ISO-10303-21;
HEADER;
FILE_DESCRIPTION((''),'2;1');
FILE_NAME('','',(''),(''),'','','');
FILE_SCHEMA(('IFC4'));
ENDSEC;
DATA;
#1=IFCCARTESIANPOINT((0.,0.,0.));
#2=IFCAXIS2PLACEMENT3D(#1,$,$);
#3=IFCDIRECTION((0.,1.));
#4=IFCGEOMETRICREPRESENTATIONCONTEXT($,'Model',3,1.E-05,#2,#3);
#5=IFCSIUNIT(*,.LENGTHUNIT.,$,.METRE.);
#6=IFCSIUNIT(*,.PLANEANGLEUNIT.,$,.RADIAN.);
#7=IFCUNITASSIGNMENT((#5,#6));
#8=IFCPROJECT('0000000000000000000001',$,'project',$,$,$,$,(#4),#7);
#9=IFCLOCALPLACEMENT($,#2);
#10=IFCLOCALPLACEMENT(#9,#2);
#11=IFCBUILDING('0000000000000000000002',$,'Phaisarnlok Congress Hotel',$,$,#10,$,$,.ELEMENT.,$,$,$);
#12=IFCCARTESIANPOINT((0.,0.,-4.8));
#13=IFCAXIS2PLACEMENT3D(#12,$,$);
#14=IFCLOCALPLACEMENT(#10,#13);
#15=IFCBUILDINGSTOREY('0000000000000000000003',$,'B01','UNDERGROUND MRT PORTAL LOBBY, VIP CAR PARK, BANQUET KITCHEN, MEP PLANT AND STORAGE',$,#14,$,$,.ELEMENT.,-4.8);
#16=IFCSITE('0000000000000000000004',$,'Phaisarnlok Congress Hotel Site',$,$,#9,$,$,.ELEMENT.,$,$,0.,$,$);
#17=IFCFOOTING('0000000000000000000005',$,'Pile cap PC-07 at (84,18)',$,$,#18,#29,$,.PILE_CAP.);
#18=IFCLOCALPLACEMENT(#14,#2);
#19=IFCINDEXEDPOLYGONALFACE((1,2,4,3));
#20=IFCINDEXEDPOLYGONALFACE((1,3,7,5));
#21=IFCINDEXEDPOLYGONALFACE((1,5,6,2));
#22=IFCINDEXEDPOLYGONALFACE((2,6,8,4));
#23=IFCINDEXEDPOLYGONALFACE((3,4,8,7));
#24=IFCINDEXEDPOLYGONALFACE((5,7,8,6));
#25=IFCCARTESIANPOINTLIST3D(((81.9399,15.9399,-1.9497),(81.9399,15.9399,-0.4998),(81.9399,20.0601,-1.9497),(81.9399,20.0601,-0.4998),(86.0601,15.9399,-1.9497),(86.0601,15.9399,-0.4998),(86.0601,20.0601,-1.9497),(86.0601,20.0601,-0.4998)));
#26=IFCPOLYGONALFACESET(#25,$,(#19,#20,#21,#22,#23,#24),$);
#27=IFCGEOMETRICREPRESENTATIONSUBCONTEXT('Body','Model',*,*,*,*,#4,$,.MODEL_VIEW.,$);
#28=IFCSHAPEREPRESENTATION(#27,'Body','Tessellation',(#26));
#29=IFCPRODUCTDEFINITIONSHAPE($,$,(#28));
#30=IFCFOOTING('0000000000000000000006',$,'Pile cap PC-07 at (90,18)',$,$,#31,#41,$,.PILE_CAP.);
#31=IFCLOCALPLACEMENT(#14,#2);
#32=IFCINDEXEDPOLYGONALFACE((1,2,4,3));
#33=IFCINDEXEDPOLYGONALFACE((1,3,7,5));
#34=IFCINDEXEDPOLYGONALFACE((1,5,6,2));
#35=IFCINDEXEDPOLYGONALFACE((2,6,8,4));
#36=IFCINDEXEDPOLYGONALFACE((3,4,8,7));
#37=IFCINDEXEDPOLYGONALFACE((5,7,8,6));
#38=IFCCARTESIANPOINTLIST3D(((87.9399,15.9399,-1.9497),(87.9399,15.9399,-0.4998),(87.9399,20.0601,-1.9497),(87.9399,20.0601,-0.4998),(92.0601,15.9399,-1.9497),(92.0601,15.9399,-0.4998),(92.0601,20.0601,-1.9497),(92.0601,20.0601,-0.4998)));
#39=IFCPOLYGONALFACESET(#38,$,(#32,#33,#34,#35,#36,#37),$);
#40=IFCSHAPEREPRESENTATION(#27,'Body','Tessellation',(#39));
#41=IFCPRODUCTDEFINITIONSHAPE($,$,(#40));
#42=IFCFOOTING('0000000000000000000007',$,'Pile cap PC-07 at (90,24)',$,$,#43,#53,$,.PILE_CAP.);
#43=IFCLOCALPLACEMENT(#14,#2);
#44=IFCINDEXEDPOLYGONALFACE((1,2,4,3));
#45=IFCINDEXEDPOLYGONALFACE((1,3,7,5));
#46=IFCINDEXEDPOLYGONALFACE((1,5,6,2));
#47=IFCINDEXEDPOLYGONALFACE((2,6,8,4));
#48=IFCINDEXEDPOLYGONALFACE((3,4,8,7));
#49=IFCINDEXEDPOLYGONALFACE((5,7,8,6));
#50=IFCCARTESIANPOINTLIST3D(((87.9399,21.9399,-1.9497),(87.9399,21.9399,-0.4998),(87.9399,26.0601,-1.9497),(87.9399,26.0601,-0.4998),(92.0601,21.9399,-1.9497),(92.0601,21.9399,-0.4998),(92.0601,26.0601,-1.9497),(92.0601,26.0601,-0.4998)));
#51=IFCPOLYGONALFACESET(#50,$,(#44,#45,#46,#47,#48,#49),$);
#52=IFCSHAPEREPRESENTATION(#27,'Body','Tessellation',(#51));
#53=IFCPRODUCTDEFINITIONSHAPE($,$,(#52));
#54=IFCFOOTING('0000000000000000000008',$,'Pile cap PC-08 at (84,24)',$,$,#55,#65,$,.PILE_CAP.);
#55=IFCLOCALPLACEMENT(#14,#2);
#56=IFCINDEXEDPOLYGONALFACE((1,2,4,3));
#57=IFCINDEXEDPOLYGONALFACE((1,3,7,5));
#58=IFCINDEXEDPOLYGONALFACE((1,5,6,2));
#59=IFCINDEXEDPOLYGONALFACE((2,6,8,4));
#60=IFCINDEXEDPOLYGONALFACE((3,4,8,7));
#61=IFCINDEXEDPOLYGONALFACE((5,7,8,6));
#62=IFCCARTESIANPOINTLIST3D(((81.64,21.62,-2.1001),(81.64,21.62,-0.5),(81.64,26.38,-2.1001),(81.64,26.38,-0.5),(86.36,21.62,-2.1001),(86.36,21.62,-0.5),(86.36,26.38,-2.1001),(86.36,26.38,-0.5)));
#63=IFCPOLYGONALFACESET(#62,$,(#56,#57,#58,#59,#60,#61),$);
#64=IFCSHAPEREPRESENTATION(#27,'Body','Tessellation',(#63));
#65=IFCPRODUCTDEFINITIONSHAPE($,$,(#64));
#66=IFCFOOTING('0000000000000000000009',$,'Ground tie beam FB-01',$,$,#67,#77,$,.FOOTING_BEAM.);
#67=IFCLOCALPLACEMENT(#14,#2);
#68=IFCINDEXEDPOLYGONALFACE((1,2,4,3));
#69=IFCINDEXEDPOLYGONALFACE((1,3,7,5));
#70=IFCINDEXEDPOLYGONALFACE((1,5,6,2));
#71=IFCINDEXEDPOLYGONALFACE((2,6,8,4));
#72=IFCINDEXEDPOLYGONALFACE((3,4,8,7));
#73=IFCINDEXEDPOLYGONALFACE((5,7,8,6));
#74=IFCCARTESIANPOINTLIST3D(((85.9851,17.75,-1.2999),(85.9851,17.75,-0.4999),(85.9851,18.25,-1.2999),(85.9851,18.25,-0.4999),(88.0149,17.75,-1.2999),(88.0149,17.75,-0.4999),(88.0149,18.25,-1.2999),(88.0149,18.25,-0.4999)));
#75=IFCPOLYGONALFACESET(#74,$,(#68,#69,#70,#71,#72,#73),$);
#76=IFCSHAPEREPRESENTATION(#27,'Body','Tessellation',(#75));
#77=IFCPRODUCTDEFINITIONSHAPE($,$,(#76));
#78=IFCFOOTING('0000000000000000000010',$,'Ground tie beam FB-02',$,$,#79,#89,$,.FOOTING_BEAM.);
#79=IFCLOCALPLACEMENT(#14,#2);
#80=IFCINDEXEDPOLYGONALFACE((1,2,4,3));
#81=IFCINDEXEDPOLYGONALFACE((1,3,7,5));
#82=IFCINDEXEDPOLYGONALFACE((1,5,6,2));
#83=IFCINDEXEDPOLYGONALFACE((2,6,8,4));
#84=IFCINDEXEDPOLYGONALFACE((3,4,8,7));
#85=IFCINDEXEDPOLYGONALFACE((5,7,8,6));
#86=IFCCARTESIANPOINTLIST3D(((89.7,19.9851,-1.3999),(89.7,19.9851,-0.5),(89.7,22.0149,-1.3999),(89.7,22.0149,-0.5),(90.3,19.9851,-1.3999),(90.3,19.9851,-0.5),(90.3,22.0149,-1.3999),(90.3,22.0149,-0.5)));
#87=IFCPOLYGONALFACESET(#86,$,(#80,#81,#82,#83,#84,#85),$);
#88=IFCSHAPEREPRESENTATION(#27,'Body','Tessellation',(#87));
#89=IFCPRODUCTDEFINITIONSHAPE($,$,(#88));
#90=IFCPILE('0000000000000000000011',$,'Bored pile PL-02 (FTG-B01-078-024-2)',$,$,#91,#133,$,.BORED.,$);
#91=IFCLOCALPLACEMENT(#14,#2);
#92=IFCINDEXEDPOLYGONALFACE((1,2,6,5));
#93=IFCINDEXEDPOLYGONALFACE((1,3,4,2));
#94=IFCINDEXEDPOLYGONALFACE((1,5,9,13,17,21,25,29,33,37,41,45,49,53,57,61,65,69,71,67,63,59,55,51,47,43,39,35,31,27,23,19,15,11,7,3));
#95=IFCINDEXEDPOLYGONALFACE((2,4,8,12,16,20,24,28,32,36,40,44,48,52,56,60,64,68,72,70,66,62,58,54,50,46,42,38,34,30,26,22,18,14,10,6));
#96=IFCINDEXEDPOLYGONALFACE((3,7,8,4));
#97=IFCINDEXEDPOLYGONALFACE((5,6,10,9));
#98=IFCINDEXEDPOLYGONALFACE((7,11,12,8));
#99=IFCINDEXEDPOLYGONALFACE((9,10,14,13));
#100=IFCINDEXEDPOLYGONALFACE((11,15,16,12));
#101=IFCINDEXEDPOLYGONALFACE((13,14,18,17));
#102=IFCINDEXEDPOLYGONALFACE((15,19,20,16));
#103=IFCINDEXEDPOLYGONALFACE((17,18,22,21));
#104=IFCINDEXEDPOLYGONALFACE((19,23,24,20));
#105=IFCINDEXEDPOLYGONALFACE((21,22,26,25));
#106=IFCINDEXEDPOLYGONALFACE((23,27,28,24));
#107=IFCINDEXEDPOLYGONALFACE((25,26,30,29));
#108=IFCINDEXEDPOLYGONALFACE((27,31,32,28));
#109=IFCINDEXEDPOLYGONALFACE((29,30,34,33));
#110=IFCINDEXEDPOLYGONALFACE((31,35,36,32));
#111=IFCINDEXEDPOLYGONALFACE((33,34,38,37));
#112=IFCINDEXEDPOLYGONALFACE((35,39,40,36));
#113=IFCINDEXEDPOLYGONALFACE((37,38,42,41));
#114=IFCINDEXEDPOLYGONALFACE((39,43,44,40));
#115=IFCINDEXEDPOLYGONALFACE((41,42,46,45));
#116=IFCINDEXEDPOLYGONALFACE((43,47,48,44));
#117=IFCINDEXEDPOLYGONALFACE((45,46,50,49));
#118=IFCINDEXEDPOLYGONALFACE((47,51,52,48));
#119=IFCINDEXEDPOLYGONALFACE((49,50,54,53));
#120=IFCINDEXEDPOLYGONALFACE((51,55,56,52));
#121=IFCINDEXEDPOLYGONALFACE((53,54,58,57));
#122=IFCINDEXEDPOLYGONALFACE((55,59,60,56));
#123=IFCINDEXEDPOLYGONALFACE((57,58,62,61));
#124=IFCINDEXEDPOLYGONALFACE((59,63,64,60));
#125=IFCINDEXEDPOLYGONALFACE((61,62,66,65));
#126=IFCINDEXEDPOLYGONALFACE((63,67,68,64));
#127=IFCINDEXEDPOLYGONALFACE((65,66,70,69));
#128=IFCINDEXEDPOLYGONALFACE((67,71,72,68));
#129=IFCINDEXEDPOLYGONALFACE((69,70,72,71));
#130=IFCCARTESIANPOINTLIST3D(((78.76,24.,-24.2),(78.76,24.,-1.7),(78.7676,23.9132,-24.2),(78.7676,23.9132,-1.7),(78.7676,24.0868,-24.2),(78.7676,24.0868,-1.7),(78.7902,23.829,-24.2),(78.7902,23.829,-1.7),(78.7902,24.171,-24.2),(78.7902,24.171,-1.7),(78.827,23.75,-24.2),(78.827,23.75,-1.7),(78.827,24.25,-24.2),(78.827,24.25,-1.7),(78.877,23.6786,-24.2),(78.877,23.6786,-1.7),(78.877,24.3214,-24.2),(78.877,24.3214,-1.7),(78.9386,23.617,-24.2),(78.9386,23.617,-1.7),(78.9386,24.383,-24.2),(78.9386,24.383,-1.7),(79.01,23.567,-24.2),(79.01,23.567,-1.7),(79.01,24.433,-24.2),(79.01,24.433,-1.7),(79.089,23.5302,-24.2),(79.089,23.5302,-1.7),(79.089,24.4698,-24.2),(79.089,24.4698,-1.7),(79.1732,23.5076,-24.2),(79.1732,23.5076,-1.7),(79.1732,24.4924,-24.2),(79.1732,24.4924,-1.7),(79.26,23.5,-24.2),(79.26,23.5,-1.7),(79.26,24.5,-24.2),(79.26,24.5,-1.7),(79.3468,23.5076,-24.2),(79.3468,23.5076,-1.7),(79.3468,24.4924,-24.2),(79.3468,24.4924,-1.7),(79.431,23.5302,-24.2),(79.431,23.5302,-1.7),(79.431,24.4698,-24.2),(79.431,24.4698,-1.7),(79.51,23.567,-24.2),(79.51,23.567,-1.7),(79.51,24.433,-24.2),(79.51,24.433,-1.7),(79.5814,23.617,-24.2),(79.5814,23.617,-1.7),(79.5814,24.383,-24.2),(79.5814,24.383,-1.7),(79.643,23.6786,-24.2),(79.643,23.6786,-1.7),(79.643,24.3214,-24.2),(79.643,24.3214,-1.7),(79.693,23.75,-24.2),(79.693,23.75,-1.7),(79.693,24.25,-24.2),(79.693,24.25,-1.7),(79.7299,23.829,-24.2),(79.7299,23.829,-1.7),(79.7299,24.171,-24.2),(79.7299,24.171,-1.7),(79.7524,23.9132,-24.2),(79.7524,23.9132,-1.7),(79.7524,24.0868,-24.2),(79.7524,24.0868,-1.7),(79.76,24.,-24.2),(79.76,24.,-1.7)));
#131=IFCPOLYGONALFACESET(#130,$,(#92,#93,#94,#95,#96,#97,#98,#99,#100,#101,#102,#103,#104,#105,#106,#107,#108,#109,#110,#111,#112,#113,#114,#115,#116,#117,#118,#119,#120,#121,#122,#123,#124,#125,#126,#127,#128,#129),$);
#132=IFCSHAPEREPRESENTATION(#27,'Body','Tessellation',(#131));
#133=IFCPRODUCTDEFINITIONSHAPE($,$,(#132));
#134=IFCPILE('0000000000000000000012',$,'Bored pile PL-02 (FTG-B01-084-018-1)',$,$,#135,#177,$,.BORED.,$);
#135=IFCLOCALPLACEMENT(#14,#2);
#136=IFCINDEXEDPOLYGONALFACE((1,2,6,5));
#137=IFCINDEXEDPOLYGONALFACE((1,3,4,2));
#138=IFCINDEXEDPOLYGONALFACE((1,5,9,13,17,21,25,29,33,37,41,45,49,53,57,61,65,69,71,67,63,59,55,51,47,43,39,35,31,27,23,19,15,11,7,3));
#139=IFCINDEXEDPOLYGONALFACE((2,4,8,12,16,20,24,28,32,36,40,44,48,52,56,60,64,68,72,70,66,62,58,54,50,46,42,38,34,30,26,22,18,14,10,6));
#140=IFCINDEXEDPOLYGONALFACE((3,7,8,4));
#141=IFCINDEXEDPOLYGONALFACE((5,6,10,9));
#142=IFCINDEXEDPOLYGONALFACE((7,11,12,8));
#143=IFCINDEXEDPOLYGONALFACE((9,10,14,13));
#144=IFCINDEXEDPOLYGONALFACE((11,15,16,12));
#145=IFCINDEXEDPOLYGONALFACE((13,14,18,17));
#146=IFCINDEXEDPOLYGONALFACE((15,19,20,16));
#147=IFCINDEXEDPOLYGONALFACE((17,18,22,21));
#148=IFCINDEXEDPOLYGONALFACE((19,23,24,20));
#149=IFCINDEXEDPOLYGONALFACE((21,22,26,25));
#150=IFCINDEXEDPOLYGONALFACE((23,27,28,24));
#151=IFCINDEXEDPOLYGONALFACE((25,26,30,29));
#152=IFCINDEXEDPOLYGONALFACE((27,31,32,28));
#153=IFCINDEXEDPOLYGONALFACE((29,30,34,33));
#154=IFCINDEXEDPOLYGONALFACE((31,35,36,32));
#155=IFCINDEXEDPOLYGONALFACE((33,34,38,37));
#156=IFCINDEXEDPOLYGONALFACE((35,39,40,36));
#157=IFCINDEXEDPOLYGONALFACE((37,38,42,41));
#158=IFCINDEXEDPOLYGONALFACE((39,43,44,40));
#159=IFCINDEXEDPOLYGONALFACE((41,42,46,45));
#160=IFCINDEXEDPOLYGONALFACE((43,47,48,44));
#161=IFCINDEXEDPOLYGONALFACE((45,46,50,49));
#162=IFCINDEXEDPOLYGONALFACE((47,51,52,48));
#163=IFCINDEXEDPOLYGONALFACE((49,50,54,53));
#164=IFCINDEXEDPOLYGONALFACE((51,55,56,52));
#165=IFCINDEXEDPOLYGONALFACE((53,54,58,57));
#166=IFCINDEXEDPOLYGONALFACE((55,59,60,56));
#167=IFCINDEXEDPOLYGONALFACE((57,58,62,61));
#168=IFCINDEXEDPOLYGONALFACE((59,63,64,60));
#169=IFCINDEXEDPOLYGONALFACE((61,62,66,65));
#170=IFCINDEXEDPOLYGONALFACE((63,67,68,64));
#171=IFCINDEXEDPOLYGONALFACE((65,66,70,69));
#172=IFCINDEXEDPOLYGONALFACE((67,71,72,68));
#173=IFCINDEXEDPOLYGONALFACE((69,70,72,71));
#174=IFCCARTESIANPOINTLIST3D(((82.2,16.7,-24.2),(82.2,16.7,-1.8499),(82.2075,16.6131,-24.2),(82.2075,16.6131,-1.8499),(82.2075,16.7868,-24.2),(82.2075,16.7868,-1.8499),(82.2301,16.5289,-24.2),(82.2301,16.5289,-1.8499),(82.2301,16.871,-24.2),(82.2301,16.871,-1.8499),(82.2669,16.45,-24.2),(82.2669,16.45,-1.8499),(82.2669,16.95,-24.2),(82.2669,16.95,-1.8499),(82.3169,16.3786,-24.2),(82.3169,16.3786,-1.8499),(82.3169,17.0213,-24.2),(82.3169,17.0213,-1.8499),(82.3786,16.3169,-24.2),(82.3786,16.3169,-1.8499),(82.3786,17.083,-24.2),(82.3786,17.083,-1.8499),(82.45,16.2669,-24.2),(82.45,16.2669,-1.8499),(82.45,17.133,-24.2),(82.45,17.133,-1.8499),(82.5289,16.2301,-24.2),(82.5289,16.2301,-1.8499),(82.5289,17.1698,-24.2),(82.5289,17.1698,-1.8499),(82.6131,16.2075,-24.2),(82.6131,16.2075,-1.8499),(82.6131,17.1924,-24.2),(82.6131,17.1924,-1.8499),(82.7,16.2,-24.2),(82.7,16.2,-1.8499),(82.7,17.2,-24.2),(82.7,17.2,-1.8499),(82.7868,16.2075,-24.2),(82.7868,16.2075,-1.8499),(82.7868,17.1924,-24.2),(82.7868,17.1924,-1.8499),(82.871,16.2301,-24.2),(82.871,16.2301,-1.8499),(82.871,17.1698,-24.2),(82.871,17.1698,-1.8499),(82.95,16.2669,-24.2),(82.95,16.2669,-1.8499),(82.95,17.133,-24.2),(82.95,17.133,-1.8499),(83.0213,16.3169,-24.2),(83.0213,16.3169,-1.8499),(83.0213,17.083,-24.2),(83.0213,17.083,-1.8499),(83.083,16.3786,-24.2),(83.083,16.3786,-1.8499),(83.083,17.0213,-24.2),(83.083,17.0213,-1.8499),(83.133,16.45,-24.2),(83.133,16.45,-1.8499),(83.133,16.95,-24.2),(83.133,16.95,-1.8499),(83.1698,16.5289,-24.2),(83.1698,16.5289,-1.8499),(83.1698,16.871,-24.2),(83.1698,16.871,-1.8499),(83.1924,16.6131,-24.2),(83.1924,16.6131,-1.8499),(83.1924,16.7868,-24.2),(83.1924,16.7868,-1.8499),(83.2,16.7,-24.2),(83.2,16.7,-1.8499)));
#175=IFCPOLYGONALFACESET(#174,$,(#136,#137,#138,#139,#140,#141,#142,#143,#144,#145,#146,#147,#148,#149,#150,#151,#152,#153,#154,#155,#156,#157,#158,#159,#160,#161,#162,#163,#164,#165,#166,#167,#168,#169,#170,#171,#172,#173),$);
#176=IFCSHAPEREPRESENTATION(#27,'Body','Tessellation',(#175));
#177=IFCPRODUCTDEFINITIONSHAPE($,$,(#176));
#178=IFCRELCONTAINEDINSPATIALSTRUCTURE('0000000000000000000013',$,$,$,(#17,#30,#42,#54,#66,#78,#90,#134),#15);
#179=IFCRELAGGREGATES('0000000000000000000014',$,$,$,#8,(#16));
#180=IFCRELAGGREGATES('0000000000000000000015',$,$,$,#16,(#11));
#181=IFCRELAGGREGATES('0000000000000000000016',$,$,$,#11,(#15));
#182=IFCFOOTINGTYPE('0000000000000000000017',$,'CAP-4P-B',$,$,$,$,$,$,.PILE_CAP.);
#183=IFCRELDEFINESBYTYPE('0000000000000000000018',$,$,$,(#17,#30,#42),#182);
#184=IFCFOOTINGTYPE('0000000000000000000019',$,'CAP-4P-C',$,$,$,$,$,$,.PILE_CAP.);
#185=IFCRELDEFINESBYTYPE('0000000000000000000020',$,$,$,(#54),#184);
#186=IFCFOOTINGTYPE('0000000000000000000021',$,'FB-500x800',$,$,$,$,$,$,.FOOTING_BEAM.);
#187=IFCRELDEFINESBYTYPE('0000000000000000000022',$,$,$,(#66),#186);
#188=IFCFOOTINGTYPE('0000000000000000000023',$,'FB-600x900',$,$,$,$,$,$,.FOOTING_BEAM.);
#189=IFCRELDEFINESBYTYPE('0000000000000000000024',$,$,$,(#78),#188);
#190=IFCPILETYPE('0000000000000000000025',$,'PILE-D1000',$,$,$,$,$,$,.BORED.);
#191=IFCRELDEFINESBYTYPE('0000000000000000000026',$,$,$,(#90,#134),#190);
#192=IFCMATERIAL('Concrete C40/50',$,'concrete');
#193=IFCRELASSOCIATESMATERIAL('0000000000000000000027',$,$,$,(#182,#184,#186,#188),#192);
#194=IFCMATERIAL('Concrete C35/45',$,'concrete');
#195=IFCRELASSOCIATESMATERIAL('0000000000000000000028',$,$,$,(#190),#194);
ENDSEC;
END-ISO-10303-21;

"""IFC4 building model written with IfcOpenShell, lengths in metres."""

from ifc_helpers import new_model, si_unit, direction, frame, origin, origin_2d, place, context, subcontext, project, spatial, rectangle, circle, extrude, material, material_profile, profile_set, type_object, element, save


model = new_model("IFC4")

# Units and contexts
model_context = context("Model", 3, precision=1e-05, world=origin(), true_north=direction((0.0, 1.0)))
body_context = subcontext(model_context, "Body", "Model", "MODEL_VIEW")
ifc_project = project(units=[si_unit("LENGTHUNIT", "METRE"), si_unit("PLANEANGLEUNIT", "RADIAN")], contexts=[model_context])

# Site, building, storey
site_placement = place(None, origin())
site = spatial("IfcSite", under=ifc_project, at=site_placement, Name="Phaisarnlok Congress Hotel Site", CompositionType="ELEMENT", RefElevation=0.0)
building_placement = place(site_placement, origin())
building = spatial("IfcBuilding", under=site, at=building_placement, Name="Phaisarnlok Congress Hotel", CompositionType="ELEMENT")
storey_placement = place(building_placement, frame((0.0, 0.0, -4.8)))
storey = spatial("IfcBuildingStorey", under=building, at=storey_placement, Name="B01", Description="UNDERGROUND MRT PORTAL LOBBY, VIP CAR PARK, BANQUET KITCHEN, MEP PLANT AND STORAGE", CompositionType="ELEMENT", Elevation=-4.8)

# Footings
ifc_material_1 = material(Name="Concrete C40/50", Category="concrete")
footing_type_1 = type_object("IfcFootingType", Name="CAP-4P-B", PredefinedType="PILE_CAP", material=ifc_material_1)
for number, where, z_axis, x_axis, name in (
    (1, (84.0, 18.0, -1.9497), (0.0, 0.0, 1.0), (1.0, 0.0, 0.0), "Pile cap PC-07 at (84,18)"),
    (2, (90.0, 18.0, -1.9497), (0.0, 0.0, 1.0), (1.0, 0.0, 0.0), "Pile cap PC-07 at (90,18)"),
    (3, (90.0, 24.0, -1.9497), (0.0, 0.0, 1.0), (1.0, 0.0, 0.0), "Pile cap PC-07 at (90,24)"),
):
    element("IfcFooting", number, at=place(storey_placement, frame(where, z_axis=z_axis, x_axis=x_axis)), inside=storey, type_object=footing_type_1, Name=name, PredefinedType="PILE_CAP", context=body_context, shape_type="SweptSolid", body=[
        extrude(rectangle(XDim=4.1201, YDim=4.1201, at=origin_2d()), origin(), (0.0, 0.0, 1.0), 1.45),
    ])
footing_type_2 = type_object("IfcFootingType", Name="CAP-4P-C", PredefinedType="PILE_CAP", material=ifc_material_1)
footing_1_placement = place(storey_placement, frame((84.0, 24.0, -2.1001), z_axis=(0.0, 0.0, 1.0), x_axis=(1.0, 0.0, 0.0)))
element("IfcFooting", 4, at=footing_1_placement, inside=storey, type_object=footing_type_2, Name="Pile cap PC-08 at (84,24)", PredefinedType="PILE_CAP", context=body_context, shape_type="SweptSolid", body=[
    extrude(rectangle(XDim=4.72, YDim=4.76, at=origin_2d()), origin(), (0.0, 0.0, 1.0), 1.6001),
])
ifc_material_profile_1 = material_profile(ifc_material_1, rectangle(XDim=0.5, YDim=0.8, at=origin_2d()), Name="FB-500x800")
ifc_profile_set_1 = profile_set([ifc_material_profile_1], Name="Concrete C40/50")
footing_type_3 = type_object("IfcFootingType", Name="FB-500x800", PredefinedType="FOOTING_BEAM", material=ifc_profile_set_1)
footing_2_placement = place(storey_placement, frame((85.9851, 18.0, -0.8999), z_axis=(1.0, 0.0, 0.0), x_axis=(0.0, 1.0, 0.0)))
element("IfcFooting", 5, at=footing_2_placement, inside=storey, type_object=footing_type_3, Name="Ground tie beam FB-01", PredefinedType="FOOTING_BEAM", context=body_context, shape_type="SweptSolid", body=[
    extrude(rectangle(XDim=0.5, YDim=0.8, at=origin_2d()), origin(), (0.0, 0.0, 1.0), 2.0298),
])
ifc_material_profile_2 = material_profile(ifc_material_1, rectangle(XDim=0.6001, YDim=0.8999, at=origin_2d()), Name="FB-600x900")
ifc_profile_set_2 = profile_set([ifc_material_profile_2], Name="Concrete C40/50")
footing_type_4 = type_object("IfcFootingType", Name="FB-600x900", PredefinedType="FOOTING_BEAM", material=ifc_profile_set_2)
footing_3_placement = place(storey_placement, frame((90.0, 19.9851, -0.95), z_axis=(0.0, 1.0, 0.0), x_axis=(-1.0, 0.0, 0.0)))
element("IfcFooting", 6, at=footing_3_placement, inside=storey, type_object=footing_type_4, Name="Ground tie beam FB-02", PredefinedType="FOOTING_BEAM", context=body_context, shape_type="SweptSolid", body=[
    extrude(rectangle(XDim=0.6001, YDim=0.8999, at=origin_2d()), origin(), (0.0, 0.0, 1.0), 2.0298),
])

# Piles
ifc_material_2 = material(Name="Concrete C35/45", Category="concrete")
ifc_material_profile_3 = material_profile(ifc_material_2, circle(Radius=0.5, at=origin_2d()), Name="BORED PILE D1000")
ifc_profile_set_3 = profile_set([ifc_material_profile_3], Name="Concrete C35/45")
pile_type_1 = type_object("IfcPileType", Name="PILE-D1000", PredefinedType="BORED", material=ifc_profile_set_3)
pile_1_placement = place(storey_placement, frame((79.26, 24.0, -1.7), z_axis=(0.0, 0.0, -1.0), x_axis=(1.0, 0.0, 0.0)))
element("IfcPile", 7, at=pile_1_placement, inside=storey, type_object=pile_type_1, Name="Bored pile PL-02 (FTG-B01-078-024-2)", PredefinedType="BORED", context=body_context, shape_type="SweptSolid", body=[
    extrude(circle(Radius=0.5, at=origin_2d()), origin(), (0.0, 0.0, 1.0), 22.5),
])
for number, where, z_axis, x_axis, name in (
    (8, (82.7, 16.7, -1.8499), (0.0, 0.0, -1.0), (1.0, 0.0, 0.0), "Bored pile PL-02 (FTG-B01-084-018-1)"),
):
    element("IfcPile", number, at=place(storey_placement, frame(where, z_axis=z_axis, x_axis=x_axis)), inside=storey, type_object=pile_type_1, Name=name, PredefinedType="BORED", context=body_context, shape_type="SweptSolid", body=[
        extrude(circle(Radius=0.5, at=origin_2d()), origin(), (0.0, 0.0, 1.0), 22.3501),
    ])

save(model, "model.ifc")
